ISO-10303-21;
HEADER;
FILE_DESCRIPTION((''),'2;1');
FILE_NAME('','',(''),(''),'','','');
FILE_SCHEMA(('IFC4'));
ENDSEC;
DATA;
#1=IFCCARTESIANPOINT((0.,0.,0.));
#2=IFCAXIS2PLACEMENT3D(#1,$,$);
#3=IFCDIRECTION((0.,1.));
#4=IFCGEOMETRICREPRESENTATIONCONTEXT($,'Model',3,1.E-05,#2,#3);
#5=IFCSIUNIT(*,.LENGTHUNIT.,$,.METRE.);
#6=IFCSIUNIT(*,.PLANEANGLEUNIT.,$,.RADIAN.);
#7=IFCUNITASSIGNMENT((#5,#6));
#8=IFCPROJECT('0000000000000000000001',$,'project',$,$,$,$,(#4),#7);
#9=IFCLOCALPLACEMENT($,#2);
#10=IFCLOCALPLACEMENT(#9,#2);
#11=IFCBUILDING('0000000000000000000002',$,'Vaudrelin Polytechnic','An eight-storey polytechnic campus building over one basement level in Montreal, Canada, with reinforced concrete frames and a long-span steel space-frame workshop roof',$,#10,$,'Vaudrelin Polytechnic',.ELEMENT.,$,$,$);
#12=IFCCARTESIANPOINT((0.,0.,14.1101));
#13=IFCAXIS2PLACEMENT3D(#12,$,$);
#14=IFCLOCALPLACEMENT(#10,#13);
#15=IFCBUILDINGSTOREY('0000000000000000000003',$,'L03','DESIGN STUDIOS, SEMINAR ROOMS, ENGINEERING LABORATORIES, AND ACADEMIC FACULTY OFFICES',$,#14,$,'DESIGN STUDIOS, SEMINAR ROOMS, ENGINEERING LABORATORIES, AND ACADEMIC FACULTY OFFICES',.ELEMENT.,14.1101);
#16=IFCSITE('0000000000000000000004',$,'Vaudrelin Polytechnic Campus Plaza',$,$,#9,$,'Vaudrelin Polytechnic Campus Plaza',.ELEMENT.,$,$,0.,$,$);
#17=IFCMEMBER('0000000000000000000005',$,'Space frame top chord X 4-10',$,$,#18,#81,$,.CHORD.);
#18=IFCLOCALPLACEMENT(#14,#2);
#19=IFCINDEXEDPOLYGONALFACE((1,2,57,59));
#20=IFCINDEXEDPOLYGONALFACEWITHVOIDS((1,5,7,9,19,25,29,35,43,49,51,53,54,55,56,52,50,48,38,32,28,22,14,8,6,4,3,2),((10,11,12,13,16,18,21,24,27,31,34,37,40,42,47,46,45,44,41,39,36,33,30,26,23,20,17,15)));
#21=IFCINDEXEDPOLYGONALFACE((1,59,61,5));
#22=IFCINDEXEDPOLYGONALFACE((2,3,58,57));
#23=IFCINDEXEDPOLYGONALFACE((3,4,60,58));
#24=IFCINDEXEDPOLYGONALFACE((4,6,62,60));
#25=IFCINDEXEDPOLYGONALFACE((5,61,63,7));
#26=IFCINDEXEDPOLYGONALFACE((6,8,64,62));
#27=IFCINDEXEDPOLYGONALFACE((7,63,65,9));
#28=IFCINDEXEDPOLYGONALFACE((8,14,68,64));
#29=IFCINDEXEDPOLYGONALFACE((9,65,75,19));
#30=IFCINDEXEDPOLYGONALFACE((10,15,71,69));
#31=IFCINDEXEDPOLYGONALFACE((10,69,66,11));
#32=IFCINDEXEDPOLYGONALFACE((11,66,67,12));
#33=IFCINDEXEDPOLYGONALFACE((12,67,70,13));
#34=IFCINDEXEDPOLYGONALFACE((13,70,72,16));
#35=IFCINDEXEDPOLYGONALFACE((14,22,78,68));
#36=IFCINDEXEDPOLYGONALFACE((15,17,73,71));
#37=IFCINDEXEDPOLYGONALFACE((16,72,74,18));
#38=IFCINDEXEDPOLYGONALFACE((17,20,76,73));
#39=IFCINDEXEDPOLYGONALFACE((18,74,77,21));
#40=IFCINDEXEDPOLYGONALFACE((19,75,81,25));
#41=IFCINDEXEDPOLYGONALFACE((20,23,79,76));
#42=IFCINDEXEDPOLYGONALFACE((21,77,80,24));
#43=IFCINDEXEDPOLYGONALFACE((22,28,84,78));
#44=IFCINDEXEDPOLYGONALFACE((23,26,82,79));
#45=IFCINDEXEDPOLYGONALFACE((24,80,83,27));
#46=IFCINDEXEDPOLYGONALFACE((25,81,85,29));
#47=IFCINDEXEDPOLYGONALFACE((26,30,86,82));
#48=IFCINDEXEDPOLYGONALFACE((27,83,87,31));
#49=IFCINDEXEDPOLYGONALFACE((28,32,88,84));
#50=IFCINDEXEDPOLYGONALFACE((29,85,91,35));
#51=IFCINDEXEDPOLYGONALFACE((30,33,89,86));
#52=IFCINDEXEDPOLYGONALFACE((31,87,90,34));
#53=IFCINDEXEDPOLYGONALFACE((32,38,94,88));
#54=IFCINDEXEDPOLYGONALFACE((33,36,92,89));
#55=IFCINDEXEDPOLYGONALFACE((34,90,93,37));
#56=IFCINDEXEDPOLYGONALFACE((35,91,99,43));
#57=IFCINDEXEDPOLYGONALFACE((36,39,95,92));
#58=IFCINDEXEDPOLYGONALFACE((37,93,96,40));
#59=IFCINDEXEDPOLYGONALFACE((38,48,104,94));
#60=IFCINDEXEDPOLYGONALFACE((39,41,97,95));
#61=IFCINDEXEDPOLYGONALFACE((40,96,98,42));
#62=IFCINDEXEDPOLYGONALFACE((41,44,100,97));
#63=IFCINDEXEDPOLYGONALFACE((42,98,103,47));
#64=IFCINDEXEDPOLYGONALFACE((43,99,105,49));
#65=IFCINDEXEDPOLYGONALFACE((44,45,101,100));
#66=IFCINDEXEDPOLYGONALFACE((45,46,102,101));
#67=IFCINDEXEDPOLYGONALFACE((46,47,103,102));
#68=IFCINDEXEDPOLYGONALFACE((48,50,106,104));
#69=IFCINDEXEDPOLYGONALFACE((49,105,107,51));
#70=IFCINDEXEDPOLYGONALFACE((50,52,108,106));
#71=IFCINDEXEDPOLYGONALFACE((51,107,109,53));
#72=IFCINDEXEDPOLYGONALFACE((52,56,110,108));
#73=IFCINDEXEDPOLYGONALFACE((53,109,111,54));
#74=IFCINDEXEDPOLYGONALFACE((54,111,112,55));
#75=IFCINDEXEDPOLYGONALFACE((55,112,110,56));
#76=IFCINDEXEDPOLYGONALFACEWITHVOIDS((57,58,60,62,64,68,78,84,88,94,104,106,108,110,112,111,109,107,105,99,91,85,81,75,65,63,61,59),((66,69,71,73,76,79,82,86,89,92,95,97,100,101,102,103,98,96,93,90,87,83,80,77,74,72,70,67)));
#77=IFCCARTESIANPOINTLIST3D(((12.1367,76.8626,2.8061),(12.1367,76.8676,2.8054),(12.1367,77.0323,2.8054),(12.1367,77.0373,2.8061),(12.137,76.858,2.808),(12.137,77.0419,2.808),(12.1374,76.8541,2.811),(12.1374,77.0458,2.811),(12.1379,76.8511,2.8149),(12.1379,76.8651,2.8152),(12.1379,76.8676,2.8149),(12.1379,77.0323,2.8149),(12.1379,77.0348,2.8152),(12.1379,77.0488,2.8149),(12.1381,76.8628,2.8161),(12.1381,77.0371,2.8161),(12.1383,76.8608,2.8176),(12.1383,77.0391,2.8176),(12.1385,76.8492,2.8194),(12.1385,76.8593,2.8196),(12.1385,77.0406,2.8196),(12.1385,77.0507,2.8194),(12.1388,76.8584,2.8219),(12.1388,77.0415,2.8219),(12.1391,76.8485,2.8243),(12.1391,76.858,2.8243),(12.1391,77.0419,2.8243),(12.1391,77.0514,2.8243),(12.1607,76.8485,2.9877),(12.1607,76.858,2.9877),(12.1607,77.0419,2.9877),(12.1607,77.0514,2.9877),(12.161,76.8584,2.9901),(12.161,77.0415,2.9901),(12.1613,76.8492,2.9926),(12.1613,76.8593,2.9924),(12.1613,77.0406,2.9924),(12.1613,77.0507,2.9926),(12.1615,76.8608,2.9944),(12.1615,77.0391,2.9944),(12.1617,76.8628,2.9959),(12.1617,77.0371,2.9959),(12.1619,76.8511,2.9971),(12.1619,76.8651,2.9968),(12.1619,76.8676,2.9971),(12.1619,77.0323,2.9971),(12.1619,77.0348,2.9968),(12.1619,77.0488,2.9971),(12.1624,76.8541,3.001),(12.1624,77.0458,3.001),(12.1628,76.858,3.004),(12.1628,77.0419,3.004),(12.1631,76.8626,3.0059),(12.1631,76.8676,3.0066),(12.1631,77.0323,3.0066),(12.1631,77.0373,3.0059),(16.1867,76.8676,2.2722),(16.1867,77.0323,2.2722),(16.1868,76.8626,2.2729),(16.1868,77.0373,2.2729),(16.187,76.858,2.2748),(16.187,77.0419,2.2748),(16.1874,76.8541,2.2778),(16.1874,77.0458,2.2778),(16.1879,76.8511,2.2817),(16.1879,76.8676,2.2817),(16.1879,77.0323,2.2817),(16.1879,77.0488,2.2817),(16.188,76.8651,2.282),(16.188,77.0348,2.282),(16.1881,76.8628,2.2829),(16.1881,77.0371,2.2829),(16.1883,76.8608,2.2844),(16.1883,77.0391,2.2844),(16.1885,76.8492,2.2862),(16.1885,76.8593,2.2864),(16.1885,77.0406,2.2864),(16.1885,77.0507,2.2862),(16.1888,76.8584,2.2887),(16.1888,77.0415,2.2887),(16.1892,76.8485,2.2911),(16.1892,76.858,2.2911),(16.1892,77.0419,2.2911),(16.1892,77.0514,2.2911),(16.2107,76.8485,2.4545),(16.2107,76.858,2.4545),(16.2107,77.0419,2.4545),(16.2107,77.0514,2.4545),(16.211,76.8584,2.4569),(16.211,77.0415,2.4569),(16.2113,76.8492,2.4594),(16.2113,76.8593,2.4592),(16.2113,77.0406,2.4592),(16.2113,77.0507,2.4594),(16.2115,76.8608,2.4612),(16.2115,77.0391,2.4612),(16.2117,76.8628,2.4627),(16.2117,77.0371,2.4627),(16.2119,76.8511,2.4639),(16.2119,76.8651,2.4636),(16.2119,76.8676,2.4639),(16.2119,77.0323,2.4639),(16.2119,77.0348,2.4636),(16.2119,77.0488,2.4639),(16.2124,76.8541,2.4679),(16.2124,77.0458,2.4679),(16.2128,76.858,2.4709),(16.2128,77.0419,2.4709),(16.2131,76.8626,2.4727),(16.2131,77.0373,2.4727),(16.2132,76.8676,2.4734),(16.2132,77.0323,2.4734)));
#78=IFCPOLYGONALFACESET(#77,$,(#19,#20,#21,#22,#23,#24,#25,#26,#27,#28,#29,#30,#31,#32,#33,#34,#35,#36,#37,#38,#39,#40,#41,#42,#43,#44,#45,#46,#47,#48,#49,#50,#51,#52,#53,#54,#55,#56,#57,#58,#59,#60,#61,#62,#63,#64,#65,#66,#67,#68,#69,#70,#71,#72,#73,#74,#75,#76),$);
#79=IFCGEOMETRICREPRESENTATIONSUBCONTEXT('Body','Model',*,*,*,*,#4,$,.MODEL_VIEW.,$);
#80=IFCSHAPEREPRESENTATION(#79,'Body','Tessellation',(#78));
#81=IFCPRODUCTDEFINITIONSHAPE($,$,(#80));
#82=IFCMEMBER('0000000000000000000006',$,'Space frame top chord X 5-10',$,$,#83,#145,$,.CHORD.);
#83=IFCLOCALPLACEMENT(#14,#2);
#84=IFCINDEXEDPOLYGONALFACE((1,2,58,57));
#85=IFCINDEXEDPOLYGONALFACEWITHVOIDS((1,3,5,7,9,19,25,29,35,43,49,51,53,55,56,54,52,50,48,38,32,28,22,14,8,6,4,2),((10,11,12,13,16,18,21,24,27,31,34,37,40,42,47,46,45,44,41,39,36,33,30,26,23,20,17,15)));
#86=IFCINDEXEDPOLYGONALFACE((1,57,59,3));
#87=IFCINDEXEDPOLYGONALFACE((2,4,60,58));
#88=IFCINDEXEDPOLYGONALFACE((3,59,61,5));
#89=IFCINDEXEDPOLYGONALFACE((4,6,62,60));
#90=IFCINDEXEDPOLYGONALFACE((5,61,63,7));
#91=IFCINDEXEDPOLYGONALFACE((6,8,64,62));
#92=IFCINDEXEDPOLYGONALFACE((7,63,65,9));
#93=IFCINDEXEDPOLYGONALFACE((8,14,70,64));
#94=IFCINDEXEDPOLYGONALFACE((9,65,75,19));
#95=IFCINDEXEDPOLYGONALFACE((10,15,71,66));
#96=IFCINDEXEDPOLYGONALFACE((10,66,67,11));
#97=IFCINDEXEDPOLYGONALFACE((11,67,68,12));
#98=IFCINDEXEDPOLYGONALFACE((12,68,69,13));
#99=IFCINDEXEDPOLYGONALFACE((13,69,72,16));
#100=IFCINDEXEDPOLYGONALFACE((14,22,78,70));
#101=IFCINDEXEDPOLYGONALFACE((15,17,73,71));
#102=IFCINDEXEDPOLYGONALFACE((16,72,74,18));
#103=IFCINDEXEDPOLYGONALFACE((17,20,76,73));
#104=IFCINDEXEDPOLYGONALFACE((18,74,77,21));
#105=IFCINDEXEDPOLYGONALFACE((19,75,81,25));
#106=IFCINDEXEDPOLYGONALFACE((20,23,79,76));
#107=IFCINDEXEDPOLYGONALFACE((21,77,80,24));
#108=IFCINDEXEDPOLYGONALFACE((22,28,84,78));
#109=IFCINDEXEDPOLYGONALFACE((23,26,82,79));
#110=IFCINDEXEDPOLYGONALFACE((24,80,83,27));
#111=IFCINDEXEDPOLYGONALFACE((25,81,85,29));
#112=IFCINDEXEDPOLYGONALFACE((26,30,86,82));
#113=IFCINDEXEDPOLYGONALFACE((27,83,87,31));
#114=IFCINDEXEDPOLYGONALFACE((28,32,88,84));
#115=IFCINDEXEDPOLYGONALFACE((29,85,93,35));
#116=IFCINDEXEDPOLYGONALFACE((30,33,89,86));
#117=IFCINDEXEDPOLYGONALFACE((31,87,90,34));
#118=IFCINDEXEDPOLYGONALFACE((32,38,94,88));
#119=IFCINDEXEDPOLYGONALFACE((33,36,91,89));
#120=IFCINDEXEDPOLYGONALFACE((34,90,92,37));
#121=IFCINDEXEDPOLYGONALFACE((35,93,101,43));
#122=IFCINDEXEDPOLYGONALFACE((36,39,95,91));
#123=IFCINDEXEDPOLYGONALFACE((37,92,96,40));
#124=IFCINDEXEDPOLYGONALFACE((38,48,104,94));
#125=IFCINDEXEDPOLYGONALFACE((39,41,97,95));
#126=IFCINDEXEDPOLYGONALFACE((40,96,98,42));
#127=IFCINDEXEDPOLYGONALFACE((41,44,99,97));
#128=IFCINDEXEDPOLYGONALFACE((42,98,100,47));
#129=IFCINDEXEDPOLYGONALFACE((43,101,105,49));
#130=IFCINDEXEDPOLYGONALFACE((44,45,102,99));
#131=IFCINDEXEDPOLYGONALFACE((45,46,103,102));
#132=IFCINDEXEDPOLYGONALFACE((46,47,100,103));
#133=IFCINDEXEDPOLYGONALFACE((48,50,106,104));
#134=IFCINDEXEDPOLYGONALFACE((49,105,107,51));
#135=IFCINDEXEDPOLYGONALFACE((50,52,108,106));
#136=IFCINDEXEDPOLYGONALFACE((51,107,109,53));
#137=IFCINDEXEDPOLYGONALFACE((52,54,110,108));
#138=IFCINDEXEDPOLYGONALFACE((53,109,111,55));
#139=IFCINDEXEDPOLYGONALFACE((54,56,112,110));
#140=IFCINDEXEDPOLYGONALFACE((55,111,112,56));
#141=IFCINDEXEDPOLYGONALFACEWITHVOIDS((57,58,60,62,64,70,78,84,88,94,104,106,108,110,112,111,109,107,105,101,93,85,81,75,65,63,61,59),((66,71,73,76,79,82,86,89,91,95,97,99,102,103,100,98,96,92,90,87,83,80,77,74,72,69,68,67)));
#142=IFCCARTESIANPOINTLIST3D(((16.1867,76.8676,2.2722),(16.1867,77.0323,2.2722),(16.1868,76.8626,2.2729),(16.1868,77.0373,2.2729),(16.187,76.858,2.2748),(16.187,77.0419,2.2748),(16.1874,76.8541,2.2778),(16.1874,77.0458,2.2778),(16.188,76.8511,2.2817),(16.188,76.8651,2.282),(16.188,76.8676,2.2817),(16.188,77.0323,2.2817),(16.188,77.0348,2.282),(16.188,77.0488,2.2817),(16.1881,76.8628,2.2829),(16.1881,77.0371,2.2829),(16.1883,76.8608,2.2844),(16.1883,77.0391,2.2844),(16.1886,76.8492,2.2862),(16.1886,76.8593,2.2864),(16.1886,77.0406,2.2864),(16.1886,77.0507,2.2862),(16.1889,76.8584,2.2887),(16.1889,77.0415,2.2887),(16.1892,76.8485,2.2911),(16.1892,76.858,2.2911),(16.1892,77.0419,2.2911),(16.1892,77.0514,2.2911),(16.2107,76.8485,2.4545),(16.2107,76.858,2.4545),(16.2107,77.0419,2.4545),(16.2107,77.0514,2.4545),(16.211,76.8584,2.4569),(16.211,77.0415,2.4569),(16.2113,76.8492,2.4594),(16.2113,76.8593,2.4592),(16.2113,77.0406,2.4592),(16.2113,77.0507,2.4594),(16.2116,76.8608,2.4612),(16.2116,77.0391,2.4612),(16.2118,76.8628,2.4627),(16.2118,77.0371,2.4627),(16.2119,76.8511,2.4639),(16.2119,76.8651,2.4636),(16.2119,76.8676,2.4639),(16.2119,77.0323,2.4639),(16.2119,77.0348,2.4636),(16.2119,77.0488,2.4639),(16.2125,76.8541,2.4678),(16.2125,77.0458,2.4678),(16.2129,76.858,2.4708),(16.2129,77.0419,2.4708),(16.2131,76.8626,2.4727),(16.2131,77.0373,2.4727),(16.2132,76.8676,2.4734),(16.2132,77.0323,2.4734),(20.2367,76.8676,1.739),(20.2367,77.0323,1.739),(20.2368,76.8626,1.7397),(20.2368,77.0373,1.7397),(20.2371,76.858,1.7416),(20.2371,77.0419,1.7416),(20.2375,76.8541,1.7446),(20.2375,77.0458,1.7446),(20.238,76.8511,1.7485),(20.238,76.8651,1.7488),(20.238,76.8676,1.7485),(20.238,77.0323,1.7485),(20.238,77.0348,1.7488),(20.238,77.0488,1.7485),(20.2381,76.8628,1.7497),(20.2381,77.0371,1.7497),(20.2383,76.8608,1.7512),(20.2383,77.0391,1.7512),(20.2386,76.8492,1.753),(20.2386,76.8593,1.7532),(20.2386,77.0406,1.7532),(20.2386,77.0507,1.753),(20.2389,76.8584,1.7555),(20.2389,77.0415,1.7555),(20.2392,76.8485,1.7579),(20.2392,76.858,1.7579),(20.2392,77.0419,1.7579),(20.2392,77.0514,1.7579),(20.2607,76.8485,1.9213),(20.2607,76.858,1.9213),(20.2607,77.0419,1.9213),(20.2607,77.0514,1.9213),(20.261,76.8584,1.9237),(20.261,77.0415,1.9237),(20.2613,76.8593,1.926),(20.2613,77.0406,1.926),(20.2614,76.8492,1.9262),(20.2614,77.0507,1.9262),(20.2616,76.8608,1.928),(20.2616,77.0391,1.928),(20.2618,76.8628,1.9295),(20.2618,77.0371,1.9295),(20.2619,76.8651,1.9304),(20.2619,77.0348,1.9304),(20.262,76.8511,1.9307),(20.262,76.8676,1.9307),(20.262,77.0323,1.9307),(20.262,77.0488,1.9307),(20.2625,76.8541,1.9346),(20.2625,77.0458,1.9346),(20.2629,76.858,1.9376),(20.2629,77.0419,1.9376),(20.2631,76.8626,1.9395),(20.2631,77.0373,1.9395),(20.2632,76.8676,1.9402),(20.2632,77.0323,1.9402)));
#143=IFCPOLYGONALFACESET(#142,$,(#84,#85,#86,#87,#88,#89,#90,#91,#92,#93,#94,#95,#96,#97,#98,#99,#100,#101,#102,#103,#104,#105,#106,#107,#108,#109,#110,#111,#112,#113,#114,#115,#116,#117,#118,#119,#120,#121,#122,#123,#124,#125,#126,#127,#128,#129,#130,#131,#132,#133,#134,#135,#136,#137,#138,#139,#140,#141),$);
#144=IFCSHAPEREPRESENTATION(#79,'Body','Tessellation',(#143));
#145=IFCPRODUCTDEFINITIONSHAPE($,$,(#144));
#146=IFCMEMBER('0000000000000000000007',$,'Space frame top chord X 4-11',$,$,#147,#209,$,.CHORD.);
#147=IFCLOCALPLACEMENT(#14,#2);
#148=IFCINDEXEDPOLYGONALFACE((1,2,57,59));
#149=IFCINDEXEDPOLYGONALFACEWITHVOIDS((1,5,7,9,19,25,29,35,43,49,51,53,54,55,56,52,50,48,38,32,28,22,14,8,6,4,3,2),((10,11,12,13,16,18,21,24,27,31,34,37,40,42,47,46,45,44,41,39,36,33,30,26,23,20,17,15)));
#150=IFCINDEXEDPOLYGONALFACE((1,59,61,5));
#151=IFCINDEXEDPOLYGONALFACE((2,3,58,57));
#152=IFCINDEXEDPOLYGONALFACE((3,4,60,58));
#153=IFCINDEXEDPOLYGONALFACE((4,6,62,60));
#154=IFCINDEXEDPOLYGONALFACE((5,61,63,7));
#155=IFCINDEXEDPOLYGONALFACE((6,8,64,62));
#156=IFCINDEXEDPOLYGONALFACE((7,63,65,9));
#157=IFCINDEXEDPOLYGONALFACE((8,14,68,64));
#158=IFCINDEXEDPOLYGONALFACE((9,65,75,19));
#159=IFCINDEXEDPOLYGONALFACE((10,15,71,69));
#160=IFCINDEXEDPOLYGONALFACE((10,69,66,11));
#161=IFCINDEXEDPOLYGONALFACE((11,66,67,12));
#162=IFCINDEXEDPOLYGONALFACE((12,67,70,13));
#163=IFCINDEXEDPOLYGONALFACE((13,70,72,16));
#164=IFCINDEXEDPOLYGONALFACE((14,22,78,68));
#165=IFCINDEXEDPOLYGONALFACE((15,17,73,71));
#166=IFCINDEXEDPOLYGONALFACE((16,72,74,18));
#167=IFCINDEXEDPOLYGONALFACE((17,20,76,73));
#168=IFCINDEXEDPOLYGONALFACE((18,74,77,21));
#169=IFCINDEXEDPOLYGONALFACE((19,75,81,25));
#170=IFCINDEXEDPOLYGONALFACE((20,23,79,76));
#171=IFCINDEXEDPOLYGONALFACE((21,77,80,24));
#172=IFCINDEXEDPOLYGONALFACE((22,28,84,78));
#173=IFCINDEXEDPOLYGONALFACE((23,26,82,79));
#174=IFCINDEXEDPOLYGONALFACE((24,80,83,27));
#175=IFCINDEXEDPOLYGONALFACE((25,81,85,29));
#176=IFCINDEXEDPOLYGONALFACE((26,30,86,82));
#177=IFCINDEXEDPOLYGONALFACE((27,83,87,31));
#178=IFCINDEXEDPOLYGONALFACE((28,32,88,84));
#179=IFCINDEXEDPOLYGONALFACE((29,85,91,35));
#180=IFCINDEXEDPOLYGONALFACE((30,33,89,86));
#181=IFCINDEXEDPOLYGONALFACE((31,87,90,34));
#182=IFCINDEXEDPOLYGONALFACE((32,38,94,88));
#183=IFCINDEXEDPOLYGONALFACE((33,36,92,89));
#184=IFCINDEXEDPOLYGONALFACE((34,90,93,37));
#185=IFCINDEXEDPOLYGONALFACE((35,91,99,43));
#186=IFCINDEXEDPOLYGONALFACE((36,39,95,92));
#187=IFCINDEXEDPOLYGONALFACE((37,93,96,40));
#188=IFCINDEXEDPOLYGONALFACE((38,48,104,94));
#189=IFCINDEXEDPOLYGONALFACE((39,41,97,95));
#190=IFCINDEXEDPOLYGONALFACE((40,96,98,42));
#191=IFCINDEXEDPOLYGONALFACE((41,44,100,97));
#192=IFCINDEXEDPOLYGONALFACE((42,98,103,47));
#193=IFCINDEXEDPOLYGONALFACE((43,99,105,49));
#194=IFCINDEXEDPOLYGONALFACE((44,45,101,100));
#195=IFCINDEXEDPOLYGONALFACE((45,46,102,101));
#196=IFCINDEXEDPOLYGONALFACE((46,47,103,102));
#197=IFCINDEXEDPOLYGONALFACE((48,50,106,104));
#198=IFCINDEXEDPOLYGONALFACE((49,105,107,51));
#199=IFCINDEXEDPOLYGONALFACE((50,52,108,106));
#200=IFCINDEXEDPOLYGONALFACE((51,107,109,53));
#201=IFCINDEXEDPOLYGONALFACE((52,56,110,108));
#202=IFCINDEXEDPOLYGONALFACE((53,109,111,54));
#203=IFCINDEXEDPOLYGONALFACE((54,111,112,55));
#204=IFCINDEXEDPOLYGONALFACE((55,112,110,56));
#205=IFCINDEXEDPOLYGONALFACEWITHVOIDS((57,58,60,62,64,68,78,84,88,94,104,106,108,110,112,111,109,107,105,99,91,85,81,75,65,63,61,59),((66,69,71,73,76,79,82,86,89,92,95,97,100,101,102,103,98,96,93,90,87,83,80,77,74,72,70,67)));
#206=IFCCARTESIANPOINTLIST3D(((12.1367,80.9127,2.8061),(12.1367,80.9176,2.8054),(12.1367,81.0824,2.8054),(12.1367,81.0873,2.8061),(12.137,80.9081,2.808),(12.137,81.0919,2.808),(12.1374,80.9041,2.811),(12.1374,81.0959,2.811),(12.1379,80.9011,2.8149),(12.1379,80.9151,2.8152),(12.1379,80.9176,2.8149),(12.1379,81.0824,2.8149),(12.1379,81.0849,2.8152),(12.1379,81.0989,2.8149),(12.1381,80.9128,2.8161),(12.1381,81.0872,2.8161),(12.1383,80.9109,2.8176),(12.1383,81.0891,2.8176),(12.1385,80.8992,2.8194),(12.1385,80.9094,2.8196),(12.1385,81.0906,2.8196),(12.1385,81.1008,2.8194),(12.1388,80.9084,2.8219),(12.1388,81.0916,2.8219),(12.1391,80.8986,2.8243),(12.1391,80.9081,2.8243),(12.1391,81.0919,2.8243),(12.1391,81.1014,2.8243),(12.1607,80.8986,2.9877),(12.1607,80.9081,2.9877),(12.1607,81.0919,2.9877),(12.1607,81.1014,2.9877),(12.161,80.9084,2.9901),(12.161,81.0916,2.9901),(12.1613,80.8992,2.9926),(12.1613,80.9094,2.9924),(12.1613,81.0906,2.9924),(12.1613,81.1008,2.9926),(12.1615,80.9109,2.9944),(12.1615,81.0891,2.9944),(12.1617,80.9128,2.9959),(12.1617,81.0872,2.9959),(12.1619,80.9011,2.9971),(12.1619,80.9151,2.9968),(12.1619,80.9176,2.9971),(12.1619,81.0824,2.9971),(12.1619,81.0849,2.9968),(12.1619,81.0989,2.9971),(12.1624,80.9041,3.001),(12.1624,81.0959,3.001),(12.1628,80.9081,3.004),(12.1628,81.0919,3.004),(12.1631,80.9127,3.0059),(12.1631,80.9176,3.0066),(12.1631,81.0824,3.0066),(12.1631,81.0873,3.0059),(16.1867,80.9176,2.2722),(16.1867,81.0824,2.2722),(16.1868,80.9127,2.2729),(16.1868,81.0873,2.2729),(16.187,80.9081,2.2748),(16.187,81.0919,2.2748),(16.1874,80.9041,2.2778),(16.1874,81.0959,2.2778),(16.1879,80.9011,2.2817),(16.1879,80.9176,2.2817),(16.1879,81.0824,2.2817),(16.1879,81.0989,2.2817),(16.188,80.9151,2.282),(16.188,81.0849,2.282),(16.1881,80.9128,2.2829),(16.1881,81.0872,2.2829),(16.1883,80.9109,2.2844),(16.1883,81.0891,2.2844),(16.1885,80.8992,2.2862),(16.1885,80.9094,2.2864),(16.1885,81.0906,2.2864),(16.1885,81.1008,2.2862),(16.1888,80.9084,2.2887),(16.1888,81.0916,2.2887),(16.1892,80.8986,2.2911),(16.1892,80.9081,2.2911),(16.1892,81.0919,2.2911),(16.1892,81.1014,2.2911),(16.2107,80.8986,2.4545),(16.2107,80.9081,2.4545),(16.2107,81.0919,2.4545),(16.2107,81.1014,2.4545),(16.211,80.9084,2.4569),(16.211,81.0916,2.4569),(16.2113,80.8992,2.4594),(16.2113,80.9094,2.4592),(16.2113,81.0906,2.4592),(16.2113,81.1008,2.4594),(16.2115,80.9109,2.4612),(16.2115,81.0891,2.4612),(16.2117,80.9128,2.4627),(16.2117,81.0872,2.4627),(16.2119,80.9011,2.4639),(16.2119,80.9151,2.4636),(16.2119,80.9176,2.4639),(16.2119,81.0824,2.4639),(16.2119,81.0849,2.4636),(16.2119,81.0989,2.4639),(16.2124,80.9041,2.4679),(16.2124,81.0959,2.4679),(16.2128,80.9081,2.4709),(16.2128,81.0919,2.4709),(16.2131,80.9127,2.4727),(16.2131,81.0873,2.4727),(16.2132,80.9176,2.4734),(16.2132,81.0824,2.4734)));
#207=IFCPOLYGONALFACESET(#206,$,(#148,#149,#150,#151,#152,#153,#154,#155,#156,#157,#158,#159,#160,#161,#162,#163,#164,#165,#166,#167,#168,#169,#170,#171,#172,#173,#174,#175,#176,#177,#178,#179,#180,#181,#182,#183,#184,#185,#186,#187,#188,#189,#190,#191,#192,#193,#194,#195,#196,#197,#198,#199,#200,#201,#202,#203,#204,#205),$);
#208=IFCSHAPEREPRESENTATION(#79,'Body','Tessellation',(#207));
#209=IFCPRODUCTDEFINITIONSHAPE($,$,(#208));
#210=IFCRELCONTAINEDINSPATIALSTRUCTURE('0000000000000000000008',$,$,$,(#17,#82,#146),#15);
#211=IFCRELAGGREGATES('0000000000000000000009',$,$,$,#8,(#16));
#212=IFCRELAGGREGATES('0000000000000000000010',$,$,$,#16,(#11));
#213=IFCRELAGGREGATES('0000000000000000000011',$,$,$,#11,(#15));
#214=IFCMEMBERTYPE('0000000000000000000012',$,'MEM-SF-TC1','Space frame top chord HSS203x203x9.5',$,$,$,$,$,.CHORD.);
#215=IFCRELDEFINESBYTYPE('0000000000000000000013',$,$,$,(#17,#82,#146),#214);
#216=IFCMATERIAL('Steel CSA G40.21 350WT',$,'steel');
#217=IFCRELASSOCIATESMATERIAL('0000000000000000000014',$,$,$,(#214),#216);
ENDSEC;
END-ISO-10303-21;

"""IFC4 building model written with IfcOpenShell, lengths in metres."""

from ifc_helpers import new_model, si_unit, direction, frame, origin, origin_2d, place, context, subcontext, project, spatial, hollow_rectangle, extrude, material, material_profile, profile_set, type_object, element, save


model = new_model("IFC4")

# Units and contexts
model_context = context("Model", 3, precision=1e-05, world=origin(), true_north=direction((0.0, 1.0)))
body_context = subcontext(model_context, "Body", "Model", "MODEL_VIEW")
ifc_project = project(units=[si_unit("LENGTHUNIT", "METRE"), si_unit("PLANEANGLEUNIT", "RADIAN")], contexts=[model_context])

# Site, building, storey
site_placement = place(None, origin())
site = spatial("IfcSite", under=ifc_project, at=site_placement, Name="Vaudrelin Polytechnic Campus Plaza", LongName="Vaudrelin Polytechnic Campus Plaza", CompositionType="ELEMENT", RefElevation=0.0)
building_placement = place(site_placement, origin())
building = spatial("IfcBuilding", under=site, at=building_placement, Name="Vaudrelin Polytechnic", Description="An eight-storey polytechnic campus building over one basement level in Montreal, Canada, with reinforced concrete frames and a long-span steel space-frame workshop roof", LongName="Vaudrelin Polytechnic", CompositionType="ELEMENT")
storey_placement = place(building_placement, frame((0.0, 0.0, 14.1101)))
storey = spatial("IfcBuildingStorey", under=building, at=storey_placement, Name="L03", Description="DESIGN STUDIOS, SEMINAR ROOMS, ENGINEERING LABORATORIES, AND ACADEMIC FACULTY OFFICES", LongName="DESIGN STUDIOS, SEMINAR ROOMS, ENGINEERING LABORATORIES, AND ACADEMIC FACULTY OFFICES", CompositionType="ELEMENT", Elevation=14.1101)

# Members
ifc_material = material(Name="Steel CSA G40.21 350WT", Category="steel")
ifc_material_profile_1 = material_profile(ifc_material, hollow_rectangle(XDim=0.2029, YDim=0.2029, WallThickness=0.0095, InnerFilletRadius=0.0095, OuterFilletRadius=0.019, at=origin_2d()), Name="HSS203x203x9.5")
ifc_profile_set_1 = profile_set([ifc_material_profile_1], Name="Steel CSA G40.21 350WT")
member_type_1 = type_object("IfcMemberType", Name="MEM-SF-TC1", Description="Space frame top chord HSS203x203x9.5", PredefinedType="CHORD", material=ifc_profile_set_1)
for number, where, z_axis, x_axis, name in (
    (1, (12.1499, 76.95, 2.906), (0.991445, 0.0, -0.130527), (0.0, 1.0, 0.0), "Space frame top chord X 4-10"),
    (2, (16.2, 76.95, 2.3728), (0.991445, 0.0, -0.130527), (0.0, 1.0, 0.0), "Space frame top chord X 5-10"),
    (3, (12.1499, 81.0, 2.906), (0.991445, 0.0, -0.130527), (0.0, 1.0, 0.0), "Space frame top chord X 4-11"),
):
    element("IfcMember", number, at=place(storey_placement, frame(where, z_axis=z_axis, x_axis=x_axis)), inside=storey, type_object=member_type_1, Name=name, PredefinedType="CHORD", context=body_context, shape_type="SweptSolid", body=[
        extrude(hollow_rectangle(XDim=0.2029, YDim=0.2029, WallThickness=0.0095, InnerFilletRadius=0.0095, OuterFilletRadius=0.019, at=origin_2d()), origin(), (0.0, 0.0, 1.0), 4.085),
    ])

save(model, "model.ifc")
